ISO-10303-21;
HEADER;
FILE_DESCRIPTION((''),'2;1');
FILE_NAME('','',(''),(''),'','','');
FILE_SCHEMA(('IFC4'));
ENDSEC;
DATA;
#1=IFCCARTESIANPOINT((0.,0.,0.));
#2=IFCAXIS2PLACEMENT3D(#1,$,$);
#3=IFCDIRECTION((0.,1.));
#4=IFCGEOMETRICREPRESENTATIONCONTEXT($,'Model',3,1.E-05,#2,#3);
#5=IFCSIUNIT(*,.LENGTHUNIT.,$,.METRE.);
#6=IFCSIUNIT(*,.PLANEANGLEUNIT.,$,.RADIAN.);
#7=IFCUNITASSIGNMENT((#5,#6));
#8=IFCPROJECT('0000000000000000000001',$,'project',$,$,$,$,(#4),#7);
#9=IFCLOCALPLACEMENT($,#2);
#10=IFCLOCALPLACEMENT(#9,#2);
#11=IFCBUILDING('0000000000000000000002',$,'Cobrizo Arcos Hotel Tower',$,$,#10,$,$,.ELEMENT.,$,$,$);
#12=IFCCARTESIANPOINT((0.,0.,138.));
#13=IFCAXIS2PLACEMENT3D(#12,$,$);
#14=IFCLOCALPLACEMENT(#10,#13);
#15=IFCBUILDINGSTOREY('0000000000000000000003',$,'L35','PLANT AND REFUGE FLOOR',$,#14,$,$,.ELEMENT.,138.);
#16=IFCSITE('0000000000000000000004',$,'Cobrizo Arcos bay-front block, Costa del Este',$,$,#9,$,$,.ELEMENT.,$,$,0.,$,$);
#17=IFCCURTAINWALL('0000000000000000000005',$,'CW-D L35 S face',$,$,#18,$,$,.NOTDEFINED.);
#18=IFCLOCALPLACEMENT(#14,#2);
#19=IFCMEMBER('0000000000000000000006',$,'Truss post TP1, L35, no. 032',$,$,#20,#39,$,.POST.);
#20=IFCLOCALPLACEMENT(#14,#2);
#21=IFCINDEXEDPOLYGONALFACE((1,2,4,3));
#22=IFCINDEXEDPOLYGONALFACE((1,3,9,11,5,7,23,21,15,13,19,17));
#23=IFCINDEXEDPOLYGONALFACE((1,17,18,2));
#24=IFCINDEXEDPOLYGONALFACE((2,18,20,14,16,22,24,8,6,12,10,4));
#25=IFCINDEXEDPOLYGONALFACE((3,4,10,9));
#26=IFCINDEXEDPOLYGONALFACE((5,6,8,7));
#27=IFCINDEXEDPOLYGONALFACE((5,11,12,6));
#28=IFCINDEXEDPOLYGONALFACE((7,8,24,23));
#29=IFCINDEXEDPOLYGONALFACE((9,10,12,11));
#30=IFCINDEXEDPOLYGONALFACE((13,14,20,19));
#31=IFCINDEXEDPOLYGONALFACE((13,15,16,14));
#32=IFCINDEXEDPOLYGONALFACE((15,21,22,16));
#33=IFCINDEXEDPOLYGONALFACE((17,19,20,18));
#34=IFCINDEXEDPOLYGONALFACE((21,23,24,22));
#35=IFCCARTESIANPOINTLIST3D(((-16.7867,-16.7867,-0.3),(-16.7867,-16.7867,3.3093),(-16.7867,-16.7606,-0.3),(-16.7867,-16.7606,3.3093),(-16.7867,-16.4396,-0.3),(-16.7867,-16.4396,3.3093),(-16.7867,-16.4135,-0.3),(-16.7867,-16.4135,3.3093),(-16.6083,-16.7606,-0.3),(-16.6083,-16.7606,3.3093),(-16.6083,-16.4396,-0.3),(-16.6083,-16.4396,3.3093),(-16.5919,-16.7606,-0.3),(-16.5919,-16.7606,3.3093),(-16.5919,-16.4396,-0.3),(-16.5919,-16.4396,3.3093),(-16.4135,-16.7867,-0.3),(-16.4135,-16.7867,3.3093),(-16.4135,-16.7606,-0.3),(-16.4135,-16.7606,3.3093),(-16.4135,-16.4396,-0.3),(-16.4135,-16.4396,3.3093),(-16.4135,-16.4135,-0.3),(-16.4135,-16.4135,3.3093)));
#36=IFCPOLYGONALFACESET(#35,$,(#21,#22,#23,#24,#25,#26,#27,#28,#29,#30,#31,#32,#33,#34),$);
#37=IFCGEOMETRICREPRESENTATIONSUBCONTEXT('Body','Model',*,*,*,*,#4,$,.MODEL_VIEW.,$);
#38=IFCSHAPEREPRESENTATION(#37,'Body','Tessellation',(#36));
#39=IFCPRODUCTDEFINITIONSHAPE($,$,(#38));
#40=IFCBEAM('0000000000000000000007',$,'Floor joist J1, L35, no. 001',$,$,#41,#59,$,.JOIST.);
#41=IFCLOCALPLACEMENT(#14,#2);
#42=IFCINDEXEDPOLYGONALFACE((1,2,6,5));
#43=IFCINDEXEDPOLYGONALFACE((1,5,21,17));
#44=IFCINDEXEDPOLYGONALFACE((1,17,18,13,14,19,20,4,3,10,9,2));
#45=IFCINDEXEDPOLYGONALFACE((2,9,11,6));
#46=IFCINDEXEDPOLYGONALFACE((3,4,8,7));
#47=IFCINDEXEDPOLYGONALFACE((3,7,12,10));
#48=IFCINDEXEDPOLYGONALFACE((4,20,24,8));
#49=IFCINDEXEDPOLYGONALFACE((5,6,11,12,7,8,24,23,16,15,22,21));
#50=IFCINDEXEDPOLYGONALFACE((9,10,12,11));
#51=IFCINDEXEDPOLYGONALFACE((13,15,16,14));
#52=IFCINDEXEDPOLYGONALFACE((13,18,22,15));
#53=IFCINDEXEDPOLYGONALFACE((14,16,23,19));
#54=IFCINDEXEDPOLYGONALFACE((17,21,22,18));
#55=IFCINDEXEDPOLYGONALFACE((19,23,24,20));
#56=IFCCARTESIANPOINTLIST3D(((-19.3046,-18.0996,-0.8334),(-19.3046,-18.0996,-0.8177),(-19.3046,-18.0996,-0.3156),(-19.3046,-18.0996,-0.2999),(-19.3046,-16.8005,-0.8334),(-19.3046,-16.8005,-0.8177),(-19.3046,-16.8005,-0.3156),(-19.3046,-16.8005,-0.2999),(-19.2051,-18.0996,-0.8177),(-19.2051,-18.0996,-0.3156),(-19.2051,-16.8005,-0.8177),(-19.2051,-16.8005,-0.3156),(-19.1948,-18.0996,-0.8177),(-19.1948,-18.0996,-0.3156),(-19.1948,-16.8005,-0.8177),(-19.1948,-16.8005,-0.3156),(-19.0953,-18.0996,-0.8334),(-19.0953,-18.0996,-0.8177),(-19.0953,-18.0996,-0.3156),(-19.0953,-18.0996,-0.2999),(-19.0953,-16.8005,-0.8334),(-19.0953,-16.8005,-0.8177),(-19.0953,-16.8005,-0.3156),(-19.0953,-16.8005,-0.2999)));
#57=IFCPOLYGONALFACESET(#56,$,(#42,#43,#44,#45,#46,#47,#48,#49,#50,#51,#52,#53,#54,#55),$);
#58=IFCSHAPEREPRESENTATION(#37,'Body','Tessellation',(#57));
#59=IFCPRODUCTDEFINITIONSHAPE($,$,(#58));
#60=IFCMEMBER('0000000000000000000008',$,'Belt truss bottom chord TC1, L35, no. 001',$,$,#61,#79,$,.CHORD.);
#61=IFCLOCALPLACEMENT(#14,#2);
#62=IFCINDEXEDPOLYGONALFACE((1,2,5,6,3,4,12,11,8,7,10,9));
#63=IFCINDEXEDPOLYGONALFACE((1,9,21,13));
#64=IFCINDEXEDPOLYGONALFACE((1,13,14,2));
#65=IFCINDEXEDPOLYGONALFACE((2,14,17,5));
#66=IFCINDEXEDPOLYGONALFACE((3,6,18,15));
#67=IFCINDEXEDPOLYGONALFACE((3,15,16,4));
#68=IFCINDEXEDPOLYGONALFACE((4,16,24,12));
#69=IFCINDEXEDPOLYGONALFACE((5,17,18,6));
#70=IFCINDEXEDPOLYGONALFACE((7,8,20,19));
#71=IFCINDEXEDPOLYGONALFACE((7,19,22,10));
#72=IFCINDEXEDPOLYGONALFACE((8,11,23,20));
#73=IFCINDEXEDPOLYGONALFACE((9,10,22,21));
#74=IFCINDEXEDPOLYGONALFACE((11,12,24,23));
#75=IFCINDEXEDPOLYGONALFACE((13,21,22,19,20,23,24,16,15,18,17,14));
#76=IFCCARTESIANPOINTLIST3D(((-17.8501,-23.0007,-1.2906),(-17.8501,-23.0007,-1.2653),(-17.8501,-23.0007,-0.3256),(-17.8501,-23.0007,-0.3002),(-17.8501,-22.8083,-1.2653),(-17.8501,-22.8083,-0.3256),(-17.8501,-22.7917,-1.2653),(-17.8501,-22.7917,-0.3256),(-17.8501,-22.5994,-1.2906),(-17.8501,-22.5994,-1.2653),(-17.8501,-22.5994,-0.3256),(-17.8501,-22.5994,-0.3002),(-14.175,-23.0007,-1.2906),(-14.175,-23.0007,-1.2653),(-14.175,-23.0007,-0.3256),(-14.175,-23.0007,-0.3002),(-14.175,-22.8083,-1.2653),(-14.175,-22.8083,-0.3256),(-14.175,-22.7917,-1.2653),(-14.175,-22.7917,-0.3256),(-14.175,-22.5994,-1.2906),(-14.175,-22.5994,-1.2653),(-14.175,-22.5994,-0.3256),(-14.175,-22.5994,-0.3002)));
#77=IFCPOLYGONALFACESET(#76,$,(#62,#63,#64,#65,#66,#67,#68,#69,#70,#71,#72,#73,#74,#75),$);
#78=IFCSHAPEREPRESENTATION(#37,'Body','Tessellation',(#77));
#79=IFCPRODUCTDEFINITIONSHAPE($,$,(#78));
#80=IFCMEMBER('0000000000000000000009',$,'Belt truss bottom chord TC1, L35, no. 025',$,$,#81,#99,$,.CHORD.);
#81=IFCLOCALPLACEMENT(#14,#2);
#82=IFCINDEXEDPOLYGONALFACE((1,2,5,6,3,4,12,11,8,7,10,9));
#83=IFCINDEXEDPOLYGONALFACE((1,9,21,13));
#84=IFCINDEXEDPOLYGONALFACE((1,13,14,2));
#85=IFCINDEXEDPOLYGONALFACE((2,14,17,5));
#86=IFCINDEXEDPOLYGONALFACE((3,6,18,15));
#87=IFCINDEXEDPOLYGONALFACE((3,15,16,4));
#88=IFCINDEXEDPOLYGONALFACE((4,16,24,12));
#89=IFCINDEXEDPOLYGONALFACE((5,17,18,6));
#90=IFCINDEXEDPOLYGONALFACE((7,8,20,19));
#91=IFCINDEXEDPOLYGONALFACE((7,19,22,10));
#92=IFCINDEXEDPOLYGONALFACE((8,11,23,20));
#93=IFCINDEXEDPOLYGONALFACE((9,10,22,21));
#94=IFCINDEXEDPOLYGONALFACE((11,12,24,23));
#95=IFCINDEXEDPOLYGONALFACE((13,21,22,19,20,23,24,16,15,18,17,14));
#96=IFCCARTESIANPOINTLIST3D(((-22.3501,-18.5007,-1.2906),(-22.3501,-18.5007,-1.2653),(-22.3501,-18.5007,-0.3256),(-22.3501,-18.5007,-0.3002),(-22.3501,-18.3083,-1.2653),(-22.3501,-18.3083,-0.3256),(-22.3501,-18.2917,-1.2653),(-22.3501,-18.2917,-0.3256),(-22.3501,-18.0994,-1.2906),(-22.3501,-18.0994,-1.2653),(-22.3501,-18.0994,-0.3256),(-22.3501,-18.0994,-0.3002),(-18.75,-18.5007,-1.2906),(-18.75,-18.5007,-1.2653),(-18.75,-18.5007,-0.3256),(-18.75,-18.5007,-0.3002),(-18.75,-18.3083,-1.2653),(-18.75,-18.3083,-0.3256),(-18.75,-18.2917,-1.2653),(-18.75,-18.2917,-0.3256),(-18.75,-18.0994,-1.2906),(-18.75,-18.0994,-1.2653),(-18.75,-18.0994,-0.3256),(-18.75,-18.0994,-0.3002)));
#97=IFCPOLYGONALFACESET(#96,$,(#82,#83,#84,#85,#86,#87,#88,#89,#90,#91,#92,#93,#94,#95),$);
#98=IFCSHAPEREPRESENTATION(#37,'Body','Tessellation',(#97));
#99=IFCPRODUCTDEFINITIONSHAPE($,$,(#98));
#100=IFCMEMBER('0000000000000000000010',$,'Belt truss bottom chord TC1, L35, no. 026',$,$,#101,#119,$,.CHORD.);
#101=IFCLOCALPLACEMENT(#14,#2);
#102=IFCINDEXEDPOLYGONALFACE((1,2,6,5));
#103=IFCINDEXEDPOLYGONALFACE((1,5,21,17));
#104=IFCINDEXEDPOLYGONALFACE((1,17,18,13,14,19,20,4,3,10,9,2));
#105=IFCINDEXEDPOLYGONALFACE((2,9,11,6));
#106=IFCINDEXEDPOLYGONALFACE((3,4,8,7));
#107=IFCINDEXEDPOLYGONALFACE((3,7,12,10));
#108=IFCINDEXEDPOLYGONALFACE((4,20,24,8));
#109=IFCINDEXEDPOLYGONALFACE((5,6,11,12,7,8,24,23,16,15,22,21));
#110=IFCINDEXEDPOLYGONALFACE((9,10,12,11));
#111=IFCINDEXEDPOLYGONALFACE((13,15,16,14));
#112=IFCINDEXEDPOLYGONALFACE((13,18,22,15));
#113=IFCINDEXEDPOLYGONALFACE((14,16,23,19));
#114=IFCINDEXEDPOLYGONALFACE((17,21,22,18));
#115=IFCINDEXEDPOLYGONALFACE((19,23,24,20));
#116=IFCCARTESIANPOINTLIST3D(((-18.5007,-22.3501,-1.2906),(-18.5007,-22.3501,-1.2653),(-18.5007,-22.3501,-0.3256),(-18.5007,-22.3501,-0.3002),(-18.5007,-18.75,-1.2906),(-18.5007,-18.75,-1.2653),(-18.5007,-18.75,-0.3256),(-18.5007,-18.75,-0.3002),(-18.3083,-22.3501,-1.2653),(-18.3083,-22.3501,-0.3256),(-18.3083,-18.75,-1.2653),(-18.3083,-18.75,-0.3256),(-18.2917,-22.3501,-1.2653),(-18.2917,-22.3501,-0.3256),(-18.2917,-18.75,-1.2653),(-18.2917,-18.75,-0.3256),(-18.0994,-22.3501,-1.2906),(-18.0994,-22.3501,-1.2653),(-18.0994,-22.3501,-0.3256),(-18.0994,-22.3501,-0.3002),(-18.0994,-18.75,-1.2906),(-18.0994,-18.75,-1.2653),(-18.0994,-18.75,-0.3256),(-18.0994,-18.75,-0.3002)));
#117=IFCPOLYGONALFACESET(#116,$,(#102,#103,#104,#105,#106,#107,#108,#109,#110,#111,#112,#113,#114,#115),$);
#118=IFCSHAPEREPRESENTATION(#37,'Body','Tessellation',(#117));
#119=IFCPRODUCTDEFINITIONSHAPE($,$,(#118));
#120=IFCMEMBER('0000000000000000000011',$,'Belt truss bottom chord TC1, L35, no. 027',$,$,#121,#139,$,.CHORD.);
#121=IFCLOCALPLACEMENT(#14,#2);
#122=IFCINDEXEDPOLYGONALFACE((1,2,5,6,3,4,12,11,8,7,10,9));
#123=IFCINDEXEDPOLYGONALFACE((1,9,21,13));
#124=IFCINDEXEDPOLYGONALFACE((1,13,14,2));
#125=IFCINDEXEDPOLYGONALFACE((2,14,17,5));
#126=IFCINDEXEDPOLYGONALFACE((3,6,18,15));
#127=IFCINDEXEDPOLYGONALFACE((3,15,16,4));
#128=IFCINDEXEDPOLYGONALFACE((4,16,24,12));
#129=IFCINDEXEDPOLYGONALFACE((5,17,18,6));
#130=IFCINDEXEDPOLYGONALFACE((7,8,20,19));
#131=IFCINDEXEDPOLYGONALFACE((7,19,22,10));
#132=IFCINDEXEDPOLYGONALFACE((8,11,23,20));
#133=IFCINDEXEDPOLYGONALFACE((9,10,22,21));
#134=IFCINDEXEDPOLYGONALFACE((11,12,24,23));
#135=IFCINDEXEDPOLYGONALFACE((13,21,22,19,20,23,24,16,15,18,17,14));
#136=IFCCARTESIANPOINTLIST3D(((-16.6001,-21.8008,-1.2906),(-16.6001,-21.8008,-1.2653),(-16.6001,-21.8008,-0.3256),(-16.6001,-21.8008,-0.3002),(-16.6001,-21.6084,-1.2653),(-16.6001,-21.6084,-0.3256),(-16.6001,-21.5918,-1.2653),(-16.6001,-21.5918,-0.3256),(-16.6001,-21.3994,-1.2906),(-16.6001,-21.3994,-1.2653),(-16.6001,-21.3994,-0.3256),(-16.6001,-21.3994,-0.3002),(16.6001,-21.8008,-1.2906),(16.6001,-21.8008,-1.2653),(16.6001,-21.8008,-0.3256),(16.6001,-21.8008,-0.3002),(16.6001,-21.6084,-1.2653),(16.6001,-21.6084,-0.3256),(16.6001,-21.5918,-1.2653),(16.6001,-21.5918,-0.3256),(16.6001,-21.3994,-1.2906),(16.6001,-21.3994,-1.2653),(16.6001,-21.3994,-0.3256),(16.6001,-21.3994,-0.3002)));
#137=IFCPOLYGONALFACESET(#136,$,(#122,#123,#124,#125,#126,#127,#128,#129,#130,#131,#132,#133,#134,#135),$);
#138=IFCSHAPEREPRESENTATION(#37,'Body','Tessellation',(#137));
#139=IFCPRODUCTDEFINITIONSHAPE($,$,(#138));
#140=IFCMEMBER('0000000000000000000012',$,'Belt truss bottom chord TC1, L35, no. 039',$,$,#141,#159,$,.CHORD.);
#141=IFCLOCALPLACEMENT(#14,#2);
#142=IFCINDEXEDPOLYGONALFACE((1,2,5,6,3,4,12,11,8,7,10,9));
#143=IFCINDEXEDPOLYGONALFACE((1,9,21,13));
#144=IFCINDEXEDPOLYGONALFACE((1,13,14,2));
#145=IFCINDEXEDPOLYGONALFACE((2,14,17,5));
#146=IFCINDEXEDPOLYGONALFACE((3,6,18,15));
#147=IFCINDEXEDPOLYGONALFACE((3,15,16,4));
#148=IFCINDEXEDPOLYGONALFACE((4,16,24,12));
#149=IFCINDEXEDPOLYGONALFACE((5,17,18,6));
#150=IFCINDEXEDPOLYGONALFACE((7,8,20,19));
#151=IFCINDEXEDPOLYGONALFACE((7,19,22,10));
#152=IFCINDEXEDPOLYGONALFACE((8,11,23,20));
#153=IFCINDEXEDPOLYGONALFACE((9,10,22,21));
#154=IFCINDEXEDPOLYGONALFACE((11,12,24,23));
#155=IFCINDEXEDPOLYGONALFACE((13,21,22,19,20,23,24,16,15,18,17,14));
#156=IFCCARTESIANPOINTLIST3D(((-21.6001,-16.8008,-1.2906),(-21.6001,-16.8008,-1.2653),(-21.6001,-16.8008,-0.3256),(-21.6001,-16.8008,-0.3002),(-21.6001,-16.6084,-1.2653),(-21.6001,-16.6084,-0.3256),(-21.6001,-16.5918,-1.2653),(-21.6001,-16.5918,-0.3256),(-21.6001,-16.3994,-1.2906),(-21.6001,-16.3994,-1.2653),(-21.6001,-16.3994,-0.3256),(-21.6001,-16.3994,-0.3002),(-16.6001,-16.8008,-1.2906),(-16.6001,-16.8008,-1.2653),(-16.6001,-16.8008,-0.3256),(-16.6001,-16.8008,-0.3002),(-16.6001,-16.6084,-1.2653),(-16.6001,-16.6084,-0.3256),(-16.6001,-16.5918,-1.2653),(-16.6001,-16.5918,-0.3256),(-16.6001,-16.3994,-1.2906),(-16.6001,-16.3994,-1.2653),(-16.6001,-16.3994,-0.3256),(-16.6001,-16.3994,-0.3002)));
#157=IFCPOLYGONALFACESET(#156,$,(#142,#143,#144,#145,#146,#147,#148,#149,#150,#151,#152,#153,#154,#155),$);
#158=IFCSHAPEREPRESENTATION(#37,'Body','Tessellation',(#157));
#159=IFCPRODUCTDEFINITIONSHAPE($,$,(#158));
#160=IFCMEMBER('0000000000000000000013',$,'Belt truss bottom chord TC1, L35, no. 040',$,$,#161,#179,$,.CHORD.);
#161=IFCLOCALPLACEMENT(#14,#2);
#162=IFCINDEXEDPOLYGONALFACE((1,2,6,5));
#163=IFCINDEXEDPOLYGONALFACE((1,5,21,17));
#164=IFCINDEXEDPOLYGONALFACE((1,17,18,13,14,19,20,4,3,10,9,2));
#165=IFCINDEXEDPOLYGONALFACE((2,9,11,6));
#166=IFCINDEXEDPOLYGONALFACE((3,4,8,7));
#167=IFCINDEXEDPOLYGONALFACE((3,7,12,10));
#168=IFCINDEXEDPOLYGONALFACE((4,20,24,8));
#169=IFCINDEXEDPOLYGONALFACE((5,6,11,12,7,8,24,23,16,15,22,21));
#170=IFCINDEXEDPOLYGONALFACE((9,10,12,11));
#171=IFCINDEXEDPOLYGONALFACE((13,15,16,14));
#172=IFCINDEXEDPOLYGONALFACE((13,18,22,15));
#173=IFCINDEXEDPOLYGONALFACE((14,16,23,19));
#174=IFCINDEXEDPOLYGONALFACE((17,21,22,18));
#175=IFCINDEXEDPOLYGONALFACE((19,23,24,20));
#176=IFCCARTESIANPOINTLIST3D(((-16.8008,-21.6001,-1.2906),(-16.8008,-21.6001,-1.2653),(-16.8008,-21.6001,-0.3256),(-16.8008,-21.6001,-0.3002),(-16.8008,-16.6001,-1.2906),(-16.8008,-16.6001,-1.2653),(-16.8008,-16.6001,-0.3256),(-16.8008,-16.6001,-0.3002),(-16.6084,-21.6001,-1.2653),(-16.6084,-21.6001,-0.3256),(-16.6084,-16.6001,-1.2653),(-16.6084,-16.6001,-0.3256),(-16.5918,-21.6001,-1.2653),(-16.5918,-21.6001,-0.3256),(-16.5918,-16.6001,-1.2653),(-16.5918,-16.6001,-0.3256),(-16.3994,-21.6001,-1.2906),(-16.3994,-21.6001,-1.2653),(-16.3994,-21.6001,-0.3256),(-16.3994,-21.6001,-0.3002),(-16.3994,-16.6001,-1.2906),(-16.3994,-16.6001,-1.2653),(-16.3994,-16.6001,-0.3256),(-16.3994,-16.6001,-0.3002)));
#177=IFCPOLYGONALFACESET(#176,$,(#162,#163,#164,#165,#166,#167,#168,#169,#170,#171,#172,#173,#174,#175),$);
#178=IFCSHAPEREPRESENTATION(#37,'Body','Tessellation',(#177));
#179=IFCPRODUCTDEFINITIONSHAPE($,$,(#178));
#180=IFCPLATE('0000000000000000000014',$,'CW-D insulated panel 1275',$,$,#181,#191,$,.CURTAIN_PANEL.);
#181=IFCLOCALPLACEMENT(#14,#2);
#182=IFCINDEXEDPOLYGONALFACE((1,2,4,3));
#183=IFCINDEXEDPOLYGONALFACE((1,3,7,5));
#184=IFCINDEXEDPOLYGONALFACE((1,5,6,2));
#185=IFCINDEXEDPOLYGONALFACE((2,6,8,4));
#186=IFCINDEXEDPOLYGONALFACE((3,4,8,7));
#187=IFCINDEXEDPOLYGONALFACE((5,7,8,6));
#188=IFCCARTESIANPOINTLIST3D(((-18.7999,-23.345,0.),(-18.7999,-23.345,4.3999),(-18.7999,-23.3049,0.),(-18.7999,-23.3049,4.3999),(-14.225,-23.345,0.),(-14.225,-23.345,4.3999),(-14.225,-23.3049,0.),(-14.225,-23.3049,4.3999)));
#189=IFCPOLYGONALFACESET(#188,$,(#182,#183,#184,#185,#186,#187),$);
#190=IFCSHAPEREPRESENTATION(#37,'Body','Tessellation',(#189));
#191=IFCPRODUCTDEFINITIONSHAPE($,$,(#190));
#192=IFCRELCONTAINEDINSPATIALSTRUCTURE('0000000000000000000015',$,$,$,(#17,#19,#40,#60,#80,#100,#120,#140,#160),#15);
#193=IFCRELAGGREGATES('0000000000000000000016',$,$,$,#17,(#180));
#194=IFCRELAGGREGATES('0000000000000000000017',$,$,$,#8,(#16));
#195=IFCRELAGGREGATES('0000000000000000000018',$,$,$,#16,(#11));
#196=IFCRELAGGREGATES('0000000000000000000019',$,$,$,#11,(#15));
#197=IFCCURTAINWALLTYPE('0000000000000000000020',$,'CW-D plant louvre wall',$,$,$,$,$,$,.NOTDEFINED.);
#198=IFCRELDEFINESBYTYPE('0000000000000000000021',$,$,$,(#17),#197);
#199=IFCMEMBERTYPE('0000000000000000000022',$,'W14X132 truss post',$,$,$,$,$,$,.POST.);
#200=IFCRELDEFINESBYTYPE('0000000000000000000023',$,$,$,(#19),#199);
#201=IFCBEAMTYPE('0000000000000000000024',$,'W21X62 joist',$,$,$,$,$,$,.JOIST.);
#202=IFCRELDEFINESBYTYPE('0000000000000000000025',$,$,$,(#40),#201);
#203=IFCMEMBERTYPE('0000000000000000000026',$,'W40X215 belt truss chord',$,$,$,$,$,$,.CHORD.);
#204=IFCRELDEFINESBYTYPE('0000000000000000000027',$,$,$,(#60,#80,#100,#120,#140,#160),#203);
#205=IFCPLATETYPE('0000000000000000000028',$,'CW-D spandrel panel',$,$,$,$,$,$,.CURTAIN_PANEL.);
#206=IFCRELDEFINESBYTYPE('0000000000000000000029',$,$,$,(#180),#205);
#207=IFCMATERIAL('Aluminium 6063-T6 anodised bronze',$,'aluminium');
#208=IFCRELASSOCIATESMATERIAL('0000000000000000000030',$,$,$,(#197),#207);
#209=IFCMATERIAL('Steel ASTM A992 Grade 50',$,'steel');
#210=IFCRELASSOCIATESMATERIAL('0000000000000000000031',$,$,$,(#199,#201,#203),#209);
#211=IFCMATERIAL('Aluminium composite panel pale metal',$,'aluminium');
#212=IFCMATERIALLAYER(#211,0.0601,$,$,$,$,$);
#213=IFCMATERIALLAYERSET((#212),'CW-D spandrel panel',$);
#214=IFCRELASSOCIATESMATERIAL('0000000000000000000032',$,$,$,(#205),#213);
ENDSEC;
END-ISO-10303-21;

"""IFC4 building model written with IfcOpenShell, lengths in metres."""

from ifc_helpers import new_model, si_unit, direction, frame, origin, origin_2d, place, context, subcontext, project, spatial, rectangle, i_section, extrude, material, layer, layer_set, material_profile, profile_set, type_object, element, aggregate, save


model = new_model("IFC4")

# Units and contexts
model_context = context("Model", 3, precision=1e-05, world=origin(), true_north=direction((0.0, 1.0)))
body_context = subcontext(model_context, "Body", "Model", "MODEL_VIEW")
ifc_project = project(units=[si_unit("LENGTHUNIT", "METRE"), si_unit("PLANEANGLEUNIT", "RADIAN")], contexts=[model_context])

# Site, building, storey
site_placement = place(None, origin())
site = spatial("IfcSite", under=ifc_project, at=site_placement, Name="Cobrizo Arcos bay-front block, Costa del Este", CompositionType="ELEMENT", RefElevation=0.0)
building_placement = place(site_placement, origin())
building = spatial("IfcBuilding", under=site, at=building_placement, Name="Cobrizo Arcos Hotel Tower", CompositionType="ELEMENT")
storey_placement = place(building_placement, frame((0.0, 0.0, 138.0)))
storey = spatial("IfcBuildingStorey", under=building, at=storey_placement, Name="L35", Description="PLANT AND REFUGE FLOOR", CompositionType="ELEMENT", Elevation=138.0)

# Curtain wall
ifc_material_1 = material(Name="Aluminium 6063-T6 anodised bronze", Category="aluminium")
curtain_wall_type = type_object("IfcCurtainWallType", Name="CW-D plant louvre wall", PredefinedType="NOTDEFINED", material=ifc_material_1)
curtain_wall_placement = place(storey_placement, origin())
curtain_wall = element("IfcCurtainWall", 1, at=curtain_wall_placement, inside=storey, type_object=curtain_wall_type, Name="CW-D L35 S face", PredefinedType="NOTDEFINED")

# Member
ifc_material_2 = material(Name="Steel ASTM A992 Grade 50", Category="steel")
ifc_material_profile_1 = material_profile(ifc_material_2, i_section(OverallWidth=0.3733, OverallDepth=0.3733, WebThickness=0.0164, FlangeThickness=0.0261, at=origin_2d()), Name="W14X132")
ifc_profile_set_1 = profile_set([ifc_material_profile_1], Name="Steel ASTM A992 Grade 50")
member_type_1 = type_object("IfcMemberType", Name="W14X132 truss post", PredefinedType="POST", material=ifc_profile_set_1)
for number, where, z_axis, x_axis, name in (
    (2, (-16.6001, -16.6001, -0.3), (0.0, 0.0, 1.0), (1.0, 0.0, 0.0), "Truss post TP1, L35, no. 032"),
):
    element("IfcMember", number, at=place(storey_placement, frame(where, z_axis=z_axis, x_axis=x_axis)), inside=storey, type_object=member_type_1, Name=name, PredefinedType="POST", context=body_context, shape_type="SweptSolid", body=[
        extrude(i_section(OverallWidth=0.3733, OverallDepth=0.3733, WebThickness=0.0164, FlangeThickness=0.0261, at=origin_2d()), origin(), (0.0, 0.0, 1.0), 3.6094),
    ])

# Beam
ifc_material_profile_2 = material_profile(ifc_material_2, i_section(OverallWidth=0.2092, OverallDepth=0.5334, WebThickness=0.0103, FlangeThickness=0.0156, at=origin_2d()), Name="W21X62")
ifc_profile_set_2 = profile_set([ifc_material_profile_2], Name="Steel ASTM A992 Grade 50")
beam_type = type_object("IfcBeamType", Name="W21X62 joist", PredefinedType="JOIST", material=ifc_profile_set_2)
beam_placement = place(storey_placement, frame((-19.2, -18.0996, -0.5667), z_axis=(0.0, 1.0, 0.0), x_axis=(-1.0, 0.0, 0.0)))
element("IfcBeam", 3, at=beam_placement, inside=storey, type_object=beam_type, Name="Floor joist J1, L35, no. 001", PredefinedType="JOIST", context=body_context, shape_type="SweptSolid", body=[
    extrude(i_section(OverallWidth=0.2092, OverallDepth=0.5334, WebThickness=0.0103, FlangeThickness=0.0156, at=origin_2d()), origin(), (0.0, 0.0, 1.0), 1.2991),
])

# Members
ifc_material_profile_3 = material_profile(ifc_material_2, i_section(OverallWidth=0.4014, OverallDepth=0.9905, WebThickness=0.0166, FlangeThickness=0.0254, at=origin_2d()), Name="W40X215")
ifc_profile_set_3 = profile_set([ifc_material_profile_3], Name="Steel ASTM A992 Grade 50")
member_type_2 = type_object("IfcMemberType", Name="W40X215 belt truss chord", PredefinedType="CHORD", material=ifc_profile_set_3)
member_1_placement = place(storey_placement, frame((-17.8501, -22.8, -0.7954), z_axis=(1.0, 0.0, 0.0), x_axis=(0.0, 1.0, 0.0)))
element("IfcMember", 4, at=member_1_placement, inside=storey, type_object=member_type_2, Name="Belt truss bottom chord TC1, L35, no. 001", PredefinedType="CHORD", context=body_context, shape_type="SweptSolid", body=[
    extrude(i_section(OverallWidth=0.4014, OverallDepth=0.9905, WebThickness=0.0166, FlangeThickness=0.0254, at=origin_2d()), origin(), (0.0, 0.0, 1.0), 3.675),
])
for number, where, z_axis, x_axis, name in (
    (5, (-22.3501, -18.3, -0.7954), (1.0, 0.0, 0.0), (0.0, 1.0, 0.0), "Belt truss bottom chord TC1, L35, no. 025"),
    (6, (-18.3, -18.75, -0.7954), (0.0, -1.0, 0.0), (1.0, 0.0, 0.0), "Belt truss bottom chord TC1, L35, no. 026"),
):
    element("IfcMember", number, at=place(storey_placement, frame(where, z_axis=z_axis, x_axis=x_axis)), inside=storey, type_object=member_type_2, Name=name, PredefinedType="CHORD", context=body_context, shape_type="SweptSolid", body=[
        extrude(i_section(OverallWidth=0.4014, OverallDepth=0.9905, WebThickness=0.0166, FlangeThickness=0.0254, at=origin_2d()), origin(), (0.0, 0.0, 1.0), 3.6001),
    ])
member_2_placement = place(storey_placement, frame((-16.6001, -21.6001, -0.7954), z_axis=(1.0, 0.0, 0.0), x_axis=(0.0, 1.0, 0.0)))
element("IfcMember", 7, at=member_2_placement, inside=storey, type_object=member_type_2, Name="Belt truss bottom chord TC1, L35, no. 027", PredefinedType="CHORD", context=body_context, shape_type="SweptSolid", body=[
    extrude(i_section(OverallWidth=0.4014, OverallDepth=0.9905, WebThickness=0.0166, FlangeThickness=0.0254, at=origin_2d()), origin(), (0.0, 0.0, 1.0), 33.2002),
])
for number, where, z_axis, x_axis, name in (
    (8, (-21.6001, -16.6001, -0.7954), (1.0, 0.0, 0.0), (0.0, 1.0, 0.0), "Belt truss bottom chord TC1, L35, no. 039"),
    (9, (-16.6001, -16.6001, -0.7954), (0.0, -1.0, 0.0), (1.0, 0.0, 0.0), "Belt truss bottom chord TC1, L35, no. 040"),
):
    element("IfcMember", number, at=place(storey_placement, frame(where, z_axis=z_axis, x_axis=x_axis)), inside=storey, type_object=member_type_2, Name=name, PredefinedType="CHORD", context=body_context, shape_type="SweptSolid", body=[
        extrude(i_section(OverallWidth=0.4014, OverallDepth=0.9905, WebThickness=0.0166, FlangeThickness=0.0254, at=origin_2d()), origin(), (0.0, 0.0, 1.0), 5.0),
    ])

# Plate
ifc_material_3 = material(Name="Aluminium composite panel pale metal", Category="aluminium")
ifc_layer = layer(ifc_material_3, 0.0601)
ifc_layer_set = layer_set([ifc_layer], Name="CW-D spandrel panel")
plate_type = type_object("IfcPlateType", Name="CW-D spandrel panel", PredefinedType="CURTAIN_PANEL", material=ifc_layer_set)
plate_placement = place(storey_placement, frame((-16.5125, -23.325, 0.0), z_axis=(0.0, 0.0, 1.0), x_axis=(1.0, 0.0, 0.0)))
plate = element("IfcPlate", 10, at=plate_placement, type_object=plate_type, Name="CW-D insulated panel 1275", PredefinedType="CURTAIN_PANEL", context=body_context, shape_type="SweptSolid", body=[
    extrude(rectangle(XDim=4.575, YDim=0.04, at=origin_2d()), origin(), (0.0, 0.0, 1.0), 4.3999),
])
aggregate(curtain_wall, [plate])

save(model, "model.ifc")
